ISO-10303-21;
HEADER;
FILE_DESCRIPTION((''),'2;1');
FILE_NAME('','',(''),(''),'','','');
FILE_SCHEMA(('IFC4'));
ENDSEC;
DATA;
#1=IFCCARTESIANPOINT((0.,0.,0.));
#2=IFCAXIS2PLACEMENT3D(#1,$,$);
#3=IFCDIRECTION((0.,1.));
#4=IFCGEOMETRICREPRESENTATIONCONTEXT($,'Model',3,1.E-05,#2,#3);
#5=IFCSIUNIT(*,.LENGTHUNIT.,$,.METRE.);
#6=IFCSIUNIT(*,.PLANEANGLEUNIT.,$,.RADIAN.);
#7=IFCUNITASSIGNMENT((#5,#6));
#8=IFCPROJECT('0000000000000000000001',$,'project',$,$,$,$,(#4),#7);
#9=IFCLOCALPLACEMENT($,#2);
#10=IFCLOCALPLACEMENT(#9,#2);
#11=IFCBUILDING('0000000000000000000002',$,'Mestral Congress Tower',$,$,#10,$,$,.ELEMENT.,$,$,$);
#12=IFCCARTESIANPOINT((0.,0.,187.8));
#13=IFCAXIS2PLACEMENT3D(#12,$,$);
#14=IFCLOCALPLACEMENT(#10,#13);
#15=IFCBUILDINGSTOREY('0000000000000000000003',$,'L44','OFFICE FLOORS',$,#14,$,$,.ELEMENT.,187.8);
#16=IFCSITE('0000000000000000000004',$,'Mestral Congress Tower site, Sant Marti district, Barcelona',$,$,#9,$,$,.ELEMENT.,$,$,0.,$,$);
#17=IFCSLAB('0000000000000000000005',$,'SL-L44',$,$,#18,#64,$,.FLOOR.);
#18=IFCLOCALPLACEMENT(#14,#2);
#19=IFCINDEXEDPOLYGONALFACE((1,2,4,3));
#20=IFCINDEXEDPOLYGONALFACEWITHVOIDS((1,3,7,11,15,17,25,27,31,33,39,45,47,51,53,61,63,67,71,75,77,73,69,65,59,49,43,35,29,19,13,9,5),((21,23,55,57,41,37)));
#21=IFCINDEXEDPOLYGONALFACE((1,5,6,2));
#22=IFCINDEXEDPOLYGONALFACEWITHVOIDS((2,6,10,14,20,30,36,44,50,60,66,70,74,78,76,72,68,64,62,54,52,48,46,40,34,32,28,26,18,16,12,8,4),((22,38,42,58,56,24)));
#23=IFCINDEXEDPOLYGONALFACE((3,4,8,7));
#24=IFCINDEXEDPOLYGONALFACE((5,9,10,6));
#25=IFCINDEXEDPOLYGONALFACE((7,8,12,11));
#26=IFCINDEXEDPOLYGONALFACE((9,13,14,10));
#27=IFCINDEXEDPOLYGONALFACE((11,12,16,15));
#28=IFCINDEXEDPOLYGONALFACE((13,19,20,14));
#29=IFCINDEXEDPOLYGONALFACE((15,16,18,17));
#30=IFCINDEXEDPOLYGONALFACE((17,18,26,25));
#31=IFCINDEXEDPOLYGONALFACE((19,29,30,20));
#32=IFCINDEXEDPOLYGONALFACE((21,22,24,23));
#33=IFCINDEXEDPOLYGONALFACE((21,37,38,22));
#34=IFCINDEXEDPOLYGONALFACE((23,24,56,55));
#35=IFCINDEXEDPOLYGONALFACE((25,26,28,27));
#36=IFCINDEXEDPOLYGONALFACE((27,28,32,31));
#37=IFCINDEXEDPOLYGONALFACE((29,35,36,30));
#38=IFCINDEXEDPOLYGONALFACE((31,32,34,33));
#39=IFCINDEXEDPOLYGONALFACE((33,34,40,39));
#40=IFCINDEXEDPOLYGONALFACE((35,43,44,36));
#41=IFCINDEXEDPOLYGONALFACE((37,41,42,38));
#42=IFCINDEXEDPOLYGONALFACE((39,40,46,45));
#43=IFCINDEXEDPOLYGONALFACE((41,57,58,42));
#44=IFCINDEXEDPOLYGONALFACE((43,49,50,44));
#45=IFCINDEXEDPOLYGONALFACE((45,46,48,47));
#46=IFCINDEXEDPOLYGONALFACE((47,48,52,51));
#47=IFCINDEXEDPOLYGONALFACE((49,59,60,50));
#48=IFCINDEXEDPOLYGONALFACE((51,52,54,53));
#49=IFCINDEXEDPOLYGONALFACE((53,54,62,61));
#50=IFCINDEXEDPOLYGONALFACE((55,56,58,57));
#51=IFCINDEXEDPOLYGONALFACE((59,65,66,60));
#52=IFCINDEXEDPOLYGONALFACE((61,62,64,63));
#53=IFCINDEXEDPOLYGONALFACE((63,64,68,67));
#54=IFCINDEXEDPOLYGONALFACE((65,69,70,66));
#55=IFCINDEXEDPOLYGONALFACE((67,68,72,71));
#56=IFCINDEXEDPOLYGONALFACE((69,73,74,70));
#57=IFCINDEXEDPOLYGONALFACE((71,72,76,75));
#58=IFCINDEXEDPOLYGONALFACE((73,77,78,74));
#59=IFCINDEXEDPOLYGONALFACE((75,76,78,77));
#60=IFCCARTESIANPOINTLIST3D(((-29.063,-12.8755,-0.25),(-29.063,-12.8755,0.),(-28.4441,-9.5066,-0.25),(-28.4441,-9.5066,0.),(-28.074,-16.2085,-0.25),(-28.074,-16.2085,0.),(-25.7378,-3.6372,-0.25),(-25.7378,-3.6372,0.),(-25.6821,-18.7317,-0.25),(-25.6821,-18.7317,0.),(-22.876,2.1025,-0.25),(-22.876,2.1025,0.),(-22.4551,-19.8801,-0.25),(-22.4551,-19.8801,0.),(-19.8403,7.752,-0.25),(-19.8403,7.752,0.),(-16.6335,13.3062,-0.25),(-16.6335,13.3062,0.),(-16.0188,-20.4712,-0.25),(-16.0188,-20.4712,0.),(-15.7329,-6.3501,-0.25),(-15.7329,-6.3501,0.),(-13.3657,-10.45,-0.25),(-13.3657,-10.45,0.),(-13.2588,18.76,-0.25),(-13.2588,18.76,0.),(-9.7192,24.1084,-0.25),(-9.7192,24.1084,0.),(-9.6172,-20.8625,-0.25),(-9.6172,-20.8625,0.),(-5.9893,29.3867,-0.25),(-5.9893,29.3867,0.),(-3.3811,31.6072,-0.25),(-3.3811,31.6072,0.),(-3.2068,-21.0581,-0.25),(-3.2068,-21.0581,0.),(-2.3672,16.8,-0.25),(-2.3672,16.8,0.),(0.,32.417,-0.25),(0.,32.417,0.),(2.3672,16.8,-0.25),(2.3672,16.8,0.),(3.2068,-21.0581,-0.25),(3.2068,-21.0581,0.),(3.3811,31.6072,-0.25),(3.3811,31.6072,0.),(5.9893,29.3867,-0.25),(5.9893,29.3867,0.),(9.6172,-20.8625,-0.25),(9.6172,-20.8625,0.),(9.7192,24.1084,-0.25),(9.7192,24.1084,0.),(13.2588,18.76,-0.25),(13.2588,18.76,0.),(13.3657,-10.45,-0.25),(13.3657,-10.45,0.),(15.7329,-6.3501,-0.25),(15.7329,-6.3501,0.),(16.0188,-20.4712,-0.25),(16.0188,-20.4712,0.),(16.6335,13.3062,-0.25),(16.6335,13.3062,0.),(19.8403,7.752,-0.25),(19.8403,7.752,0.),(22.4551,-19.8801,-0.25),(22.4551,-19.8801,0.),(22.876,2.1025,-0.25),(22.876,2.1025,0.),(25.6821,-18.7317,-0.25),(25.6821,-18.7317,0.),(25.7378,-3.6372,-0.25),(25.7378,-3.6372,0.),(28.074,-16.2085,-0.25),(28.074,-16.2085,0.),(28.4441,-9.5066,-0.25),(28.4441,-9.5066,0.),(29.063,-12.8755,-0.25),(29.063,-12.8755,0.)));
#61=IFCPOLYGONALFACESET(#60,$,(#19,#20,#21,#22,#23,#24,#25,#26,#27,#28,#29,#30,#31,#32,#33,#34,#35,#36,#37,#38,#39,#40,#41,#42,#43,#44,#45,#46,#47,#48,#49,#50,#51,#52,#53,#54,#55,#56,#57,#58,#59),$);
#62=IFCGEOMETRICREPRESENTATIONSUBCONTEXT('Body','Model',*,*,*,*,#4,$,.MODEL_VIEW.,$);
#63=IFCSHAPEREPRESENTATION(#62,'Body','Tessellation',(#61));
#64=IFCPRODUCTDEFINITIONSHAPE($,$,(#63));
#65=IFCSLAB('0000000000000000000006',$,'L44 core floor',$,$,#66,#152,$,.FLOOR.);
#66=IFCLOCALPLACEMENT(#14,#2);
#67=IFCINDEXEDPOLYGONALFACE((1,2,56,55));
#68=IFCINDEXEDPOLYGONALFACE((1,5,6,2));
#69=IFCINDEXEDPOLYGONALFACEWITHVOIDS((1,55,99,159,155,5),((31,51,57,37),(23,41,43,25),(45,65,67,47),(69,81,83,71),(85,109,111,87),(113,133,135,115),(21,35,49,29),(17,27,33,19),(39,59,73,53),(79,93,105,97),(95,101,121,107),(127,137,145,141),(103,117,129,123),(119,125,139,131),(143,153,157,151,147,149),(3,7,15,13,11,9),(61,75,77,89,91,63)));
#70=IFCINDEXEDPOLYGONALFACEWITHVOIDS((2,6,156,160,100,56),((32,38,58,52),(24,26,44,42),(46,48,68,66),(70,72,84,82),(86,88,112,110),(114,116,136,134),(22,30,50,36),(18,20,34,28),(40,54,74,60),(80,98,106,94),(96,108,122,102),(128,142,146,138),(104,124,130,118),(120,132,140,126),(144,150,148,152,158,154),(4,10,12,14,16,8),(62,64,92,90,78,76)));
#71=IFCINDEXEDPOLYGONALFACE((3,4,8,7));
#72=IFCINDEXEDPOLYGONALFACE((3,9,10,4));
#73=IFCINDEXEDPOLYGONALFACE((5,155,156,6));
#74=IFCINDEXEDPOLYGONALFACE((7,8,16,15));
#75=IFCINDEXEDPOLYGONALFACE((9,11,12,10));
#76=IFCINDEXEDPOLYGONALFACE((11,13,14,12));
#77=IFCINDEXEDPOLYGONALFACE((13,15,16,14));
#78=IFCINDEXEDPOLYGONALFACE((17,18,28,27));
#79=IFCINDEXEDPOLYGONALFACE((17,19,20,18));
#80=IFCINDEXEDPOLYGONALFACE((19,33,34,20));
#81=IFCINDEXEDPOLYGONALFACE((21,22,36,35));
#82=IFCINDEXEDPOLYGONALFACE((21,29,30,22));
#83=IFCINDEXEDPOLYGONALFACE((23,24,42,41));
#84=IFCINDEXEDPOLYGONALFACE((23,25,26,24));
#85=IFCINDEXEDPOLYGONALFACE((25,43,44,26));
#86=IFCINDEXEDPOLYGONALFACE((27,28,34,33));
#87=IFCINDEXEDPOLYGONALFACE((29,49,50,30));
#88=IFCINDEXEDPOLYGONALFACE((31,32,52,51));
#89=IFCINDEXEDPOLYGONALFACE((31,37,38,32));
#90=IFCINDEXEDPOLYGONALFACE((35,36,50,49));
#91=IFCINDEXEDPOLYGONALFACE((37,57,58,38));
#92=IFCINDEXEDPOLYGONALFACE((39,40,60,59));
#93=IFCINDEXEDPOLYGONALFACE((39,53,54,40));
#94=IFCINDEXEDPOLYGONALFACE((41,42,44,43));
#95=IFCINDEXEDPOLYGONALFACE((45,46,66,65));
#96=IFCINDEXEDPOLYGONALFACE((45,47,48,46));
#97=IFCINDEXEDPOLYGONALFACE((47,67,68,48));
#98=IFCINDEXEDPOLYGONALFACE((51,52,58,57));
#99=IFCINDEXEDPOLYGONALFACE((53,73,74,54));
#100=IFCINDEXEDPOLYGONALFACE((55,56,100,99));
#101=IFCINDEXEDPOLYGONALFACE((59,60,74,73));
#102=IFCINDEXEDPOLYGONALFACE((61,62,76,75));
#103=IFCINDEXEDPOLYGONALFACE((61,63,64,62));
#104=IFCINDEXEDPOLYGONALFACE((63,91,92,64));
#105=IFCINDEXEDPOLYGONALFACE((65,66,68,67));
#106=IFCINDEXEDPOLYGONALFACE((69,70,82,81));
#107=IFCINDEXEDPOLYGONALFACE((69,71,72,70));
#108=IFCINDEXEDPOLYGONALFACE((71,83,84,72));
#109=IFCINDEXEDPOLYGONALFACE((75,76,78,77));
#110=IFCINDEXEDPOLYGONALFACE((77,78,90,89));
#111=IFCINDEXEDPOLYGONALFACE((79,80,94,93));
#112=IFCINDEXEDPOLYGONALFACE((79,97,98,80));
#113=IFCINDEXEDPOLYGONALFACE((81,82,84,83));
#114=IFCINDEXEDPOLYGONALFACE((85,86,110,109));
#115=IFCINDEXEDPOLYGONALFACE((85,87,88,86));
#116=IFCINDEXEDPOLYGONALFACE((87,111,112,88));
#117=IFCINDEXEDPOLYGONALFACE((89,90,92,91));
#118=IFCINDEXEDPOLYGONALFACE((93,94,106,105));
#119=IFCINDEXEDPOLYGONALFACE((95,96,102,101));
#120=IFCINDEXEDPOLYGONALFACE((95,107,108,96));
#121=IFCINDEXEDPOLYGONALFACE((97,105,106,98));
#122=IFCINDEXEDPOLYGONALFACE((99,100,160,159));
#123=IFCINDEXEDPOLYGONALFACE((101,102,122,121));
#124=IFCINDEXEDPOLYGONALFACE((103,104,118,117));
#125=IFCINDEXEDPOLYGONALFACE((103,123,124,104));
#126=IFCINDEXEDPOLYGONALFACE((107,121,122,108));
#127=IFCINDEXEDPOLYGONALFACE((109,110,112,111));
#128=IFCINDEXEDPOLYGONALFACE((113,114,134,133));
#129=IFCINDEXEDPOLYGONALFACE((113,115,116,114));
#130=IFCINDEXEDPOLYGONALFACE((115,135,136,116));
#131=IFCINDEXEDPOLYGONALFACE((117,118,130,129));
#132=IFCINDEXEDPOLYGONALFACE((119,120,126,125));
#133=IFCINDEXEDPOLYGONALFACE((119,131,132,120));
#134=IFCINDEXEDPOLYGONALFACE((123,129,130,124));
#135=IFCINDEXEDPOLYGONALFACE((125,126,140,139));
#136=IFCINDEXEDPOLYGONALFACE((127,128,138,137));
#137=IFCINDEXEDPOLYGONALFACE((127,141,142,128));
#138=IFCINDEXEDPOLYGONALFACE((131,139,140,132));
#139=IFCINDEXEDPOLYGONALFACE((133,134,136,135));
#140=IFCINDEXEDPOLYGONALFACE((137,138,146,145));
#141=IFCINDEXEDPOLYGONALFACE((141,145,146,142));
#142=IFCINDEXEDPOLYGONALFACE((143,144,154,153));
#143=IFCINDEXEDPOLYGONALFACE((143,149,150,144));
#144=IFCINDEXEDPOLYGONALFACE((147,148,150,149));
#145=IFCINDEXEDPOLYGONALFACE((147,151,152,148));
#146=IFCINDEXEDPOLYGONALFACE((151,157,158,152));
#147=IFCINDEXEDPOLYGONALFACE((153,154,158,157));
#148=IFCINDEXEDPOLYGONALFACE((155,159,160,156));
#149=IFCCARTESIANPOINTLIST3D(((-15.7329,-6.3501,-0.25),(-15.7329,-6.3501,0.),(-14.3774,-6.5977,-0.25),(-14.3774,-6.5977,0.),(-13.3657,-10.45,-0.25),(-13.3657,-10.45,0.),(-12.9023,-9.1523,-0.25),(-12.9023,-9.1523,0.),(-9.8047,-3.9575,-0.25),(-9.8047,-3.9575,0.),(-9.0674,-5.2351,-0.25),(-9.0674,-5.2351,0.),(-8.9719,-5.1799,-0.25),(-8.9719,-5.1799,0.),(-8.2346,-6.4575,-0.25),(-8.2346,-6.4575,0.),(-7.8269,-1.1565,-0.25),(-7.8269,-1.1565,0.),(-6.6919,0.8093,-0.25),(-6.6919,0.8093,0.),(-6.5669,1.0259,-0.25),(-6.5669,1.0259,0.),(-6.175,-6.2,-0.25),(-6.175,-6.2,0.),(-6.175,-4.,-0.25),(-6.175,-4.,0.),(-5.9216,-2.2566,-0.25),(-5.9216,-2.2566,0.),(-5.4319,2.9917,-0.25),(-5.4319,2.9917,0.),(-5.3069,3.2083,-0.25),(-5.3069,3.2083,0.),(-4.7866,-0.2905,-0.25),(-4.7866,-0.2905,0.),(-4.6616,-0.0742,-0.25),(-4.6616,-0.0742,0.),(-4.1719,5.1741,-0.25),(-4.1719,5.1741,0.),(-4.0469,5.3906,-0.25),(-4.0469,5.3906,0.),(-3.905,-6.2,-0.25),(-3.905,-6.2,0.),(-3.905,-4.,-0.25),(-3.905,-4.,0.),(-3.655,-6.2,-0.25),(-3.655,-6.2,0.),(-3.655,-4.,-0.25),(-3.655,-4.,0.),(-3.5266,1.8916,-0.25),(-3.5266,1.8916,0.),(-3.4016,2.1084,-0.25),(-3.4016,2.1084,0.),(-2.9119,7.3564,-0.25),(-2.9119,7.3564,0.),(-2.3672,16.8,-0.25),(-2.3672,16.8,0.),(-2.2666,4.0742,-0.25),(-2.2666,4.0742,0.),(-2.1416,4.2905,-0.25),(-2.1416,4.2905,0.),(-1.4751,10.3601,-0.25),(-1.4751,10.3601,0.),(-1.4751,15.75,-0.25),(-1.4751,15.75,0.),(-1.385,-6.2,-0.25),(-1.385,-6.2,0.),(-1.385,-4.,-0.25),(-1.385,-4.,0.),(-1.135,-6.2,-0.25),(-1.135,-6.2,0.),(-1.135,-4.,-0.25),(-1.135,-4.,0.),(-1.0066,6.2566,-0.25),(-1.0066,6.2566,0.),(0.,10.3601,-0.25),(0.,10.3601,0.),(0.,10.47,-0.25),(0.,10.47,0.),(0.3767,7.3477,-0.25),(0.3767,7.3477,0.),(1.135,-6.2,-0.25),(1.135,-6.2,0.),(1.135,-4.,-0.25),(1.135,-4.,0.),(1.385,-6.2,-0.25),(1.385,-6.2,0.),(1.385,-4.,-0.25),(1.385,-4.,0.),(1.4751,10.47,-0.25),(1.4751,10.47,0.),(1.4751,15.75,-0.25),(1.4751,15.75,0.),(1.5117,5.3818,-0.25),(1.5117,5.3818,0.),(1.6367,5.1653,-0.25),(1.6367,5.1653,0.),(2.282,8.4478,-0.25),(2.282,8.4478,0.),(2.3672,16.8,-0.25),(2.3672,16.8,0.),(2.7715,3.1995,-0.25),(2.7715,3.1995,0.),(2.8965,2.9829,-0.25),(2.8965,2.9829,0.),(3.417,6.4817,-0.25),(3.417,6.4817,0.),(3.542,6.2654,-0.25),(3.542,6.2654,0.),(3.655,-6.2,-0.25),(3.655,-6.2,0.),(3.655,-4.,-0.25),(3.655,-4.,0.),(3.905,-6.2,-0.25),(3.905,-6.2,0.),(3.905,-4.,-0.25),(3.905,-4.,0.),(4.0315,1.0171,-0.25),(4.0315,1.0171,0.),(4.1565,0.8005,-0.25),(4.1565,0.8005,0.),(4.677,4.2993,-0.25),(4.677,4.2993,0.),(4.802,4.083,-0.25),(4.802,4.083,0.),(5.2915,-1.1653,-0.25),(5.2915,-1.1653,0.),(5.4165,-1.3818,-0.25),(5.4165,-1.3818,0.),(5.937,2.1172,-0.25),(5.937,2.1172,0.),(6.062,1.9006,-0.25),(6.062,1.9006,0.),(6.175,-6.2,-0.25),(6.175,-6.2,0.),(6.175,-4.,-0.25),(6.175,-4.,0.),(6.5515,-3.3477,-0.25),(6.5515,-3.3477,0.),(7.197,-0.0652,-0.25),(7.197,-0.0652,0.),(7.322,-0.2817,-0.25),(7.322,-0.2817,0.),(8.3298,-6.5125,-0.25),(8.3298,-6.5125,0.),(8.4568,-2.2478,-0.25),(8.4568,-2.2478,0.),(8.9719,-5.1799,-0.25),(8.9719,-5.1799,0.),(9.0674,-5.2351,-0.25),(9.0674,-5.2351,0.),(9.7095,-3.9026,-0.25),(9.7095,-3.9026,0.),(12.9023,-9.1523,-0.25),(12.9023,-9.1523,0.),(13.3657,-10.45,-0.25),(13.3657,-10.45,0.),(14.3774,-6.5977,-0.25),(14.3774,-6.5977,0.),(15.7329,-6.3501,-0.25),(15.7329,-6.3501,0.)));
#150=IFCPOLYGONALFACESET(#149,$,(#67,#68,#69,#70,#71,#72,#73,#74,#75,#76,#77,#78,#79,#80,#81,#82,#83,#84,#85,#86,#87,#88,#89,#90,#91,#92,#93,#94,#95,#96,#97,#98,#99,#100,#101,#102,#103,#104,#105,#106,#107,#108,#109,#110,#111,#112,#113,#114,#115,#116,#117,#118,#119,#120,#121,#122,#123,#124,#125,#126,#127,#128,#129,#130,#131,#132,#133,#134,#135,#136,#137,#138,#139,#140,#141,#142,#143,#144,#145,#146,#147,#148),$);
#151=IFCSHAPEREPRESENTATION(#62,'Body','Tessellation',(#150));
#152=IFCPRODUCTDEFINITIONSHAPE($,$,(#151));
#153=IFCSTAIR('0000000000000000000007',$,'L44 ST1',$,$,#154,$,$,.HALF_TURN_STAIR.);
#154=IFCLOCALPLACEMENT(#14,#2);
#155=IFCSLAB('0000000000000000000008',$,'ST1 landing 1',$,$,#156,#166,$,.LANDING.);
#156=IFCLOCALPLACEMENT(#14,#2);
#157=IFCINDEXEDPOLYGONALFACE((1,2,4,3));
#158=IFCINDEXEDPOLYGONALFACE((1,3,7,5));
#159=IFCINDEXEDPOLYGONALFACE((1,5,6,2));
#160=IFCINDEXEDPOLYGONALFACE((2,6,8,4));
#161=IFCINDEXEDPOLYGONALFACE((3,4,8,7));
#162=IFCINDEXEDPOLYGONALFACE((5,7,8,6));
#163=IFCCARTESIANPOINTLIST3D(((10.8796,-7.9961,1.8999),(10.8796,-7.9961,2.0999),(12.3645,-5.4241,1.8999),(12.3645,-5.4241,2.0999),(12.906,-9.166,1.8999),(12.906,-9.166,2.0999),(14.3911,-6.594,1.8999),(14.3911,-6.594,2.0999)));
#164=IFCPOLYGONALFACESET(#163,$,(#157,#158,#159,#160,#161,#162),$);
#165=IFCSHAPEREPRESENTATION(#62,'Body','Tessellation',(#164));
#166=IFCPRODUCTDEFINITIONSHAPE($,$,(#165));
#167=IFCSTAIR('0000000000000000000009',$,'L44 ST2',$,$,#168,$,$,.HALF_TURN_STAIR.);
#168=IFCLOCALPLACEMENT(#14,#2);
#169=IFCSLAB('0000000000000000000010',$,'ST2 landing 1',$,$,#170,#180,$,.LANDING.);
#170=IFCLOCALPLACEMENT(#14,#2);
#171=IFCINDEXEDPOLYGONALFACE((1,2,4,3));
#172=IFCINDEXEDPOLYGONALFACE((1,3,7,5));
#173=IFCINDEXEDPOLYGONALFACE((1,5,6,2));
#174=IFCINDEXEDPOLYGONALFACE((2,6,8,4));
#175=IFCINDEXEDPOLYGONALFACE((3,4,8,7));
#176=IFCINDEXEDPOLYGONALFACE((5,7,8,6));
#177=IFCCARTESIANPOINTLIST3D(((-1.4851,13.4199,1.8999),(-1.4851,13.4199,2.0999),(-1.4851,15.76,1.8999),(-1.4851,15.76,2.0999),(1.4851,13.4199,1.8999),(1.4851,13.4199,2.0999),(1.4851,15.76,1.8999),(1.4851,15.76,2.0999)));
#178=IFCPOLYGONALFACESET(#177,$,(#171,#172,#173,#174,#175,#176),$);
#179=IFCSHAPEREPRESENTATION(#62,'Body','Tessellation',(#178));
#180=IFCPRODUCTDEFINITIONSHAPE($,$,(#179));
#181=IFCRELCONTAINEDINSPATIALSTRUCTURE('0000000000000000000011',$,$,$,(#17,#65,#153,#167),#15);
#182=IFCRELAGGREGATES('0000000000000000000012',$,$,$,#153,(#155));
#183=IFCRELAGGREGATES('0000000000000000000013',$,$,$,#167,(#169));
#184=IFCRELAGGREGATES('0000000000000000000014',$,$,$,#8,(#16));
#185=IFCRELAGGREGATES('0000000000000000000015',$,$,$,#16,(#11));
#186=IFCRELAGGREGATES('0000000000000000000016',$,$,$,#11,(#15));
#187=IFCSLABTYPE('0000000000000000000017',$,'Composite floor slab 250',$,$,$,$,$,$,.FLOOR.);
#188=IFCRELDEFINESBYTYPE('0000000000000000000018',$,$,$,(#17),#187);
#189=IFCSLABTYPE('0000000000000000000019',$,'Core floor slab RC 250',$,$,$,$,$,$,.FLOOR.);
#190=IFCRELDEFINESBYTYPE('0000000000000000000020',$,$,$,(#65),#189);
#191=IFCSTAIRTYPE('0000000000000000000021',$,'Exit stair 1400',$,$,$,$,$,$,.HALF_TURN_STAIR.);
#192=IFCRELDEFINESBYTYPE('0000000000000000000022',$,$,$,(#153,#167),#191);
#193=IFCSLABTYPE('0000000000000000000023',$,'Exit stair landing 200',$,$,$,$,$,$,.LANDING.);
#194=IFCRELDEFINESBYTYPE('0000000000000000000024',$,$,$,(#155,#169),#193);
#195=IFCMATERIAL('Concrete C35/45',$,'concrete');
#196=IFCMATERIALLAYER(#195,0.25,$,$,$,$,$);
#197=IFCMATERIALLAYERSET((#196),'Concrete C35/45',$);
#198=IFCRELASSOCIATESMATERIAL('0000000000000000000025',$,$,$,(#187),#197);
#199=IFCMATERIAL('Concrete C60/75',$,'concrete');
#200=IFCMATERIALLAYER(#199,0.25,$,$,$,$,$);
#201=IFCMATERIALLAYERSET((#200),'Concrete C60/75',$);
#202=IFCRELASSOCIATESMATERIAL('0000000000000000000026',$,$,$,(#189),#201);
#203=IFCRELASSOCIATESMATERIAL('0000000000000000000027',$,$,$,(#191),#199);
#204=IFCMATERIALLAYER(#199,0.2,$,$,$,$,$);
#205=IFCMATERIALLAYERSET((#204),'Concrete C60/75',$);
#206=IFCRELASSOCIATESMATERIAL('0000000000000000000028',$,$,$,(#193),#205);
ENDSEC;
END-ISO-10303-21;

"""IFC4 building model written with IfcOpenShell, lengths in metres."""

from ifc_helpers import new_model, si_unit, direction, frame, origin, place, context, subcontext, project, spatial, polyline, outline, extrude, material, layer, layer_set, type_object, element, aggregate, save


model = new_model("IFC4")

# Units and contexts
model_context = context("Model", 3, precision=1e-05, world=origin(), true_north=direction((0.0, 1.0)))
body_context = subcontext(model_context, "Body", "Model", "MODEL_VIEW")
ifc_project = project(units=[si_unit("LENGTHUNIT", "METRE"), si_unit("PLANEANGLEUNIT", "RADIAN")], contexts=[model_context])

# Site, building, storey
site_placement = place(None, origin())
site = spatial("IfcSite", under=ifc_project, at=site_placement, Name="Mestral Congress Tower site, Sant Marti district, Barcelona", CompositionType="ELEMENT", RefElevation=0.0)
building_placement = place(site_placement, origin())
building = spatial("IfcBuilding", under=site, at=building_placement, Name="Mestral Congress Tower", CompositionType="ELEMENT")
storey_placement = place(building_placement, frame((0.0, 0.0, 187.8)))
storey = spatial("IfcBuildingStorey", under=building, at=storey_placement, Name="L44", Description="OFFICE FLOORS", CompositionType="ELEMENT", Elevation=187.8)

# Slabs
ifc_material_1 = material(Name="Concrete C35/45", Category="concrete")
ifc_layer_1 = layer(ifc_material_1, 0.25)
ifc_layer_set_1 = layer_set([ifc_layer_1], Name="Concrete C35/45")
slab_type_1 = type_object("IfcSlabType", Name="Composite floor slab 250", PredefinedType="FLOOR", material=ifc_layer_set_1)
placement_1 = place(storey_placement, frame((0.0, 0.0, -0.25)))
element("IfcSlab", 1, at=placement_1, inside=storey, type_object=slab_type_1, Name="SL-L44", PredefinedType="FLOOR", context=body_context, shape_type="SweptSolid", body=[
    extrude(outline(polyline([(-22.4551, -19.8801), (-25.6821, -18.7317), (-28.074, -16.2085), (-29.063, -12.8755), (-28.4441, -9.5066), (-25.7378, -3.6372), (-22.876, 2.1025), (-19.8403, 7.752), (-16.6335, 13.3062), (-13.2588, 18.76), (-9.7192, 24.1084), (-5.9893, 29.3867), (-3.3811, 31.6072), (0.0, 32.417), (3.3811, 31.6072), (5.9893, 29.3867), (9.7192, 24.1084), (13.2588, 18.76), (16.6335, 13.3062), (19.8403, 7.752), (22.876, 2.1025), (25.7378, -3.6372), (28.4441, -9.5066), (29.063, -12.8755), (28.074, -16.2085), (25.6821, -18.7317), (22.4551, -19.8801), (16.0188, -20.4712), (9.6172, -20.8625), (3.2068, -21.0581), (-3.2068, -21.0581), (-9.6172, -20.8625), (-16.0188, -20.4712), (-22.4551, -19.8801)]), holes=[polyline([(-2.3672, 16.8), (-15.7329, -6.3501), (-13.3657, -10.45), (13.3657, -10.45), (15.7329, -6.3501), (2.3672, 16.8), (-2.3672, 16.8)])]), origin(), (0.0, 0.0, 1.0), 0.25),
])
ifc_material_2 = material(Name="Concrete C60/75", Category="concrete")
ifc_layer_2 = layer(ifc_material_2, 0.25)
ifc_layer_set_2 = layer_set([ifc_layer_2], Name="Concrete C60/75")
slab_type_2 = type_object("IfcSlabType", Name="Core floor slab RC 250", PredefinedType="FLOOR", material=ifc_layer_set_2)
element("IfcSlab", 2, at=placement_1, inside=storey, type_object=slab_type_2, Name="L44 core floor", PredefinedType="FLOOR", context=body_context, shape_type="SweptSolid", body=[
    extrude(outline(polyline([(13.3657, -10.45), (-13.3657, -10.45), (-15.7329, -6.3501), (-2.3672, 16.8), (2.3672, 16.8), (15.7329, -6.3501), (13.3657, -10.45)]), holes=[polyline([(-9.8047, -3.9575), (-14.3774, -6.5977), (-12.9023, -9.1523), (-8.2346, -6.4575), (-8.9719, -5.1799), (-9.0674, -5.2351), (-9.8047, -3.9575)]), polyline([(-3.905, -4.0), (-6.175, -4.0), (-6.175, -6.2), (-3.905, -6.2), (-3.905, -4.0)]), polyline([(-1.385, -4.0), (-3.655, -4.0), (-3.655, -6.2), (-1.385, -6.2), (-1.385, -4.0)]), polyline([(1.135, -4.0), (-1.135, -4.0), (-1.135, -6.2), (1.135, -6.2), (1.135, -4.0)]), polyline([(-5.9216, -2.2566), (-4.7866, -0.2905), (-6.6919, 0.8093), (-7.8269, -1.1565), (-5.9216, -2.2566)]), polyline([(-4.6616, -0.0742), (-3.5266, 1.8916), (-5.4319, 2.9917), (-6.5669, 1.0259), (-4.6616, -0.0742)]), polyline([(-3.4016, 2.1084), (-2.2666, 4.0742), (-4.1719, 5.1741), (-5.3069, 3.2083), (-3.4016, 2.1084)]), polyline([(-2.1416, 4.2905), (-1.0066, 6.2566), (-2.9119, 7.3564), (-4.0469, 5.3906), (-2.1416, 4.2905)]), polyline([(1.4751, 10.47), (1.4751, 15.75), (-1.4751, 15.75), (-1.4751, 10.3601), (0.0, 10.3601), (0.0, 10.47), (1.4751, 10.47)]), polyline([(8.3298, -6.5125), (12.9023, -9.1523), (14.3774, -6.5977), (9.7095, -3.9026), (8.9719, -5.1799), (9.0674, -5.2351), (8.3298, -6.5125)]), polyline([(3.655, -4.0), (1.385, -4.0), (1.385, -6.2), (3.655, -6.2), (3.655, -4.0)]), polyline([(6.175, -4.0), (3.905, -4.0), (3.905, -6.2), (6.175, -6.2), (6.175, -4.0)]), polyline([(5.4165, -1.3818), (6.5515, -3.3477), (8.4568, -2.2478), (7.322, -0.2817), (5.4165, -1.3818)]), polyline([(4.1565, 0.8005), (5.2915, -1.1653), (7.197, -0.0652), (6.062, 1.9006), (4.1565, 0.8005)]), polyline([(2.8965, 2.9829), (4.0315, 1.0171), (5.937, 2.1172), (4.802, 4.083), (2.8965, 2.9829)]), polyline([(3.542, 6.2654), (1.6367, 5.1653), (2.7715, 3.1995), (4.677, 4.2993), (3.542, 6.2654)]), polyline([(2.282, 8.4478), (0.3767, 7.3477), (1.5117, 5.3818), (3.417, 6.4817), (2.282, 8.4478)])]), origin(), (0.0, 0.0, 1.0), 0.25),
])

# Stairs, slabs
stair_type = type_object("IfcStairType", Name="Exit stair 1400", PredefinedType="HALF_TURN_STAIR", material=ifc_material_2)
placement_2 = place(storey_placement, origin())
stair_1 = element("IfcStair", 3, at=placement_2, inside=storey, type_object=stair_type, Name="L44 ST1", PredefinedType="HALF_TURN_STAIR")
ifc_layer_3 = layer(ifc_material_2, 0.2)
ifc_layer_set_3 = layer_set([ifc_layer_3], Name="Concrete C60/75")
slab_type_3 = type_object("IfcSlabType", Name="Exit stair landing 200", PredefinedType="LANDING", material=ifc_layer_set_3)
placement_3 = place(storey_placement, frame((0.0, 0.0, 1.8999)))
slab_1 = element("IfcSlab", 4, at=placement_3, type_object=slab_type_3, Name="ST1 landing 1", PredefinedType="LANDING", context=body_context, shape_type="SweptSolid", body=[
    extrude(outline(polyline([(10.8796, -7.9961), (12.3645, -5.4241), (14.3911, -6.594), (12.906, -9.166), (10.8796, -7.9961)])), origin(), (0.0, 0.0, 1.0), 0.2),
])
aggregate(stair_1, [slab_1])
stair_2 = element("IfcStair", 5, at=placement_2, inside=storey, type_object=stair_type, Name="L44 ST2", PredefinedType="HALF_TURN_STAIR")
slab_2 = element("IfcSlab", 6, at=placement_3, type_object=slab_type_3, Name="ST2 landing 1", PredefinedType="LANDING", context=body_context, shape_type="SweptSolid", body=[
    extrude(outline(polyline([(1.4851, 13.4199), (-1.4851, 13.4199), (-1.4851, 15.76), (1.4851, 15.76), (1.4851, 13.4199)])), origin(), (0.0, 0.0, 1.0), 0.2),
])
aggregate(stair_2, [slab_2])

save(model, "model.ifc")
